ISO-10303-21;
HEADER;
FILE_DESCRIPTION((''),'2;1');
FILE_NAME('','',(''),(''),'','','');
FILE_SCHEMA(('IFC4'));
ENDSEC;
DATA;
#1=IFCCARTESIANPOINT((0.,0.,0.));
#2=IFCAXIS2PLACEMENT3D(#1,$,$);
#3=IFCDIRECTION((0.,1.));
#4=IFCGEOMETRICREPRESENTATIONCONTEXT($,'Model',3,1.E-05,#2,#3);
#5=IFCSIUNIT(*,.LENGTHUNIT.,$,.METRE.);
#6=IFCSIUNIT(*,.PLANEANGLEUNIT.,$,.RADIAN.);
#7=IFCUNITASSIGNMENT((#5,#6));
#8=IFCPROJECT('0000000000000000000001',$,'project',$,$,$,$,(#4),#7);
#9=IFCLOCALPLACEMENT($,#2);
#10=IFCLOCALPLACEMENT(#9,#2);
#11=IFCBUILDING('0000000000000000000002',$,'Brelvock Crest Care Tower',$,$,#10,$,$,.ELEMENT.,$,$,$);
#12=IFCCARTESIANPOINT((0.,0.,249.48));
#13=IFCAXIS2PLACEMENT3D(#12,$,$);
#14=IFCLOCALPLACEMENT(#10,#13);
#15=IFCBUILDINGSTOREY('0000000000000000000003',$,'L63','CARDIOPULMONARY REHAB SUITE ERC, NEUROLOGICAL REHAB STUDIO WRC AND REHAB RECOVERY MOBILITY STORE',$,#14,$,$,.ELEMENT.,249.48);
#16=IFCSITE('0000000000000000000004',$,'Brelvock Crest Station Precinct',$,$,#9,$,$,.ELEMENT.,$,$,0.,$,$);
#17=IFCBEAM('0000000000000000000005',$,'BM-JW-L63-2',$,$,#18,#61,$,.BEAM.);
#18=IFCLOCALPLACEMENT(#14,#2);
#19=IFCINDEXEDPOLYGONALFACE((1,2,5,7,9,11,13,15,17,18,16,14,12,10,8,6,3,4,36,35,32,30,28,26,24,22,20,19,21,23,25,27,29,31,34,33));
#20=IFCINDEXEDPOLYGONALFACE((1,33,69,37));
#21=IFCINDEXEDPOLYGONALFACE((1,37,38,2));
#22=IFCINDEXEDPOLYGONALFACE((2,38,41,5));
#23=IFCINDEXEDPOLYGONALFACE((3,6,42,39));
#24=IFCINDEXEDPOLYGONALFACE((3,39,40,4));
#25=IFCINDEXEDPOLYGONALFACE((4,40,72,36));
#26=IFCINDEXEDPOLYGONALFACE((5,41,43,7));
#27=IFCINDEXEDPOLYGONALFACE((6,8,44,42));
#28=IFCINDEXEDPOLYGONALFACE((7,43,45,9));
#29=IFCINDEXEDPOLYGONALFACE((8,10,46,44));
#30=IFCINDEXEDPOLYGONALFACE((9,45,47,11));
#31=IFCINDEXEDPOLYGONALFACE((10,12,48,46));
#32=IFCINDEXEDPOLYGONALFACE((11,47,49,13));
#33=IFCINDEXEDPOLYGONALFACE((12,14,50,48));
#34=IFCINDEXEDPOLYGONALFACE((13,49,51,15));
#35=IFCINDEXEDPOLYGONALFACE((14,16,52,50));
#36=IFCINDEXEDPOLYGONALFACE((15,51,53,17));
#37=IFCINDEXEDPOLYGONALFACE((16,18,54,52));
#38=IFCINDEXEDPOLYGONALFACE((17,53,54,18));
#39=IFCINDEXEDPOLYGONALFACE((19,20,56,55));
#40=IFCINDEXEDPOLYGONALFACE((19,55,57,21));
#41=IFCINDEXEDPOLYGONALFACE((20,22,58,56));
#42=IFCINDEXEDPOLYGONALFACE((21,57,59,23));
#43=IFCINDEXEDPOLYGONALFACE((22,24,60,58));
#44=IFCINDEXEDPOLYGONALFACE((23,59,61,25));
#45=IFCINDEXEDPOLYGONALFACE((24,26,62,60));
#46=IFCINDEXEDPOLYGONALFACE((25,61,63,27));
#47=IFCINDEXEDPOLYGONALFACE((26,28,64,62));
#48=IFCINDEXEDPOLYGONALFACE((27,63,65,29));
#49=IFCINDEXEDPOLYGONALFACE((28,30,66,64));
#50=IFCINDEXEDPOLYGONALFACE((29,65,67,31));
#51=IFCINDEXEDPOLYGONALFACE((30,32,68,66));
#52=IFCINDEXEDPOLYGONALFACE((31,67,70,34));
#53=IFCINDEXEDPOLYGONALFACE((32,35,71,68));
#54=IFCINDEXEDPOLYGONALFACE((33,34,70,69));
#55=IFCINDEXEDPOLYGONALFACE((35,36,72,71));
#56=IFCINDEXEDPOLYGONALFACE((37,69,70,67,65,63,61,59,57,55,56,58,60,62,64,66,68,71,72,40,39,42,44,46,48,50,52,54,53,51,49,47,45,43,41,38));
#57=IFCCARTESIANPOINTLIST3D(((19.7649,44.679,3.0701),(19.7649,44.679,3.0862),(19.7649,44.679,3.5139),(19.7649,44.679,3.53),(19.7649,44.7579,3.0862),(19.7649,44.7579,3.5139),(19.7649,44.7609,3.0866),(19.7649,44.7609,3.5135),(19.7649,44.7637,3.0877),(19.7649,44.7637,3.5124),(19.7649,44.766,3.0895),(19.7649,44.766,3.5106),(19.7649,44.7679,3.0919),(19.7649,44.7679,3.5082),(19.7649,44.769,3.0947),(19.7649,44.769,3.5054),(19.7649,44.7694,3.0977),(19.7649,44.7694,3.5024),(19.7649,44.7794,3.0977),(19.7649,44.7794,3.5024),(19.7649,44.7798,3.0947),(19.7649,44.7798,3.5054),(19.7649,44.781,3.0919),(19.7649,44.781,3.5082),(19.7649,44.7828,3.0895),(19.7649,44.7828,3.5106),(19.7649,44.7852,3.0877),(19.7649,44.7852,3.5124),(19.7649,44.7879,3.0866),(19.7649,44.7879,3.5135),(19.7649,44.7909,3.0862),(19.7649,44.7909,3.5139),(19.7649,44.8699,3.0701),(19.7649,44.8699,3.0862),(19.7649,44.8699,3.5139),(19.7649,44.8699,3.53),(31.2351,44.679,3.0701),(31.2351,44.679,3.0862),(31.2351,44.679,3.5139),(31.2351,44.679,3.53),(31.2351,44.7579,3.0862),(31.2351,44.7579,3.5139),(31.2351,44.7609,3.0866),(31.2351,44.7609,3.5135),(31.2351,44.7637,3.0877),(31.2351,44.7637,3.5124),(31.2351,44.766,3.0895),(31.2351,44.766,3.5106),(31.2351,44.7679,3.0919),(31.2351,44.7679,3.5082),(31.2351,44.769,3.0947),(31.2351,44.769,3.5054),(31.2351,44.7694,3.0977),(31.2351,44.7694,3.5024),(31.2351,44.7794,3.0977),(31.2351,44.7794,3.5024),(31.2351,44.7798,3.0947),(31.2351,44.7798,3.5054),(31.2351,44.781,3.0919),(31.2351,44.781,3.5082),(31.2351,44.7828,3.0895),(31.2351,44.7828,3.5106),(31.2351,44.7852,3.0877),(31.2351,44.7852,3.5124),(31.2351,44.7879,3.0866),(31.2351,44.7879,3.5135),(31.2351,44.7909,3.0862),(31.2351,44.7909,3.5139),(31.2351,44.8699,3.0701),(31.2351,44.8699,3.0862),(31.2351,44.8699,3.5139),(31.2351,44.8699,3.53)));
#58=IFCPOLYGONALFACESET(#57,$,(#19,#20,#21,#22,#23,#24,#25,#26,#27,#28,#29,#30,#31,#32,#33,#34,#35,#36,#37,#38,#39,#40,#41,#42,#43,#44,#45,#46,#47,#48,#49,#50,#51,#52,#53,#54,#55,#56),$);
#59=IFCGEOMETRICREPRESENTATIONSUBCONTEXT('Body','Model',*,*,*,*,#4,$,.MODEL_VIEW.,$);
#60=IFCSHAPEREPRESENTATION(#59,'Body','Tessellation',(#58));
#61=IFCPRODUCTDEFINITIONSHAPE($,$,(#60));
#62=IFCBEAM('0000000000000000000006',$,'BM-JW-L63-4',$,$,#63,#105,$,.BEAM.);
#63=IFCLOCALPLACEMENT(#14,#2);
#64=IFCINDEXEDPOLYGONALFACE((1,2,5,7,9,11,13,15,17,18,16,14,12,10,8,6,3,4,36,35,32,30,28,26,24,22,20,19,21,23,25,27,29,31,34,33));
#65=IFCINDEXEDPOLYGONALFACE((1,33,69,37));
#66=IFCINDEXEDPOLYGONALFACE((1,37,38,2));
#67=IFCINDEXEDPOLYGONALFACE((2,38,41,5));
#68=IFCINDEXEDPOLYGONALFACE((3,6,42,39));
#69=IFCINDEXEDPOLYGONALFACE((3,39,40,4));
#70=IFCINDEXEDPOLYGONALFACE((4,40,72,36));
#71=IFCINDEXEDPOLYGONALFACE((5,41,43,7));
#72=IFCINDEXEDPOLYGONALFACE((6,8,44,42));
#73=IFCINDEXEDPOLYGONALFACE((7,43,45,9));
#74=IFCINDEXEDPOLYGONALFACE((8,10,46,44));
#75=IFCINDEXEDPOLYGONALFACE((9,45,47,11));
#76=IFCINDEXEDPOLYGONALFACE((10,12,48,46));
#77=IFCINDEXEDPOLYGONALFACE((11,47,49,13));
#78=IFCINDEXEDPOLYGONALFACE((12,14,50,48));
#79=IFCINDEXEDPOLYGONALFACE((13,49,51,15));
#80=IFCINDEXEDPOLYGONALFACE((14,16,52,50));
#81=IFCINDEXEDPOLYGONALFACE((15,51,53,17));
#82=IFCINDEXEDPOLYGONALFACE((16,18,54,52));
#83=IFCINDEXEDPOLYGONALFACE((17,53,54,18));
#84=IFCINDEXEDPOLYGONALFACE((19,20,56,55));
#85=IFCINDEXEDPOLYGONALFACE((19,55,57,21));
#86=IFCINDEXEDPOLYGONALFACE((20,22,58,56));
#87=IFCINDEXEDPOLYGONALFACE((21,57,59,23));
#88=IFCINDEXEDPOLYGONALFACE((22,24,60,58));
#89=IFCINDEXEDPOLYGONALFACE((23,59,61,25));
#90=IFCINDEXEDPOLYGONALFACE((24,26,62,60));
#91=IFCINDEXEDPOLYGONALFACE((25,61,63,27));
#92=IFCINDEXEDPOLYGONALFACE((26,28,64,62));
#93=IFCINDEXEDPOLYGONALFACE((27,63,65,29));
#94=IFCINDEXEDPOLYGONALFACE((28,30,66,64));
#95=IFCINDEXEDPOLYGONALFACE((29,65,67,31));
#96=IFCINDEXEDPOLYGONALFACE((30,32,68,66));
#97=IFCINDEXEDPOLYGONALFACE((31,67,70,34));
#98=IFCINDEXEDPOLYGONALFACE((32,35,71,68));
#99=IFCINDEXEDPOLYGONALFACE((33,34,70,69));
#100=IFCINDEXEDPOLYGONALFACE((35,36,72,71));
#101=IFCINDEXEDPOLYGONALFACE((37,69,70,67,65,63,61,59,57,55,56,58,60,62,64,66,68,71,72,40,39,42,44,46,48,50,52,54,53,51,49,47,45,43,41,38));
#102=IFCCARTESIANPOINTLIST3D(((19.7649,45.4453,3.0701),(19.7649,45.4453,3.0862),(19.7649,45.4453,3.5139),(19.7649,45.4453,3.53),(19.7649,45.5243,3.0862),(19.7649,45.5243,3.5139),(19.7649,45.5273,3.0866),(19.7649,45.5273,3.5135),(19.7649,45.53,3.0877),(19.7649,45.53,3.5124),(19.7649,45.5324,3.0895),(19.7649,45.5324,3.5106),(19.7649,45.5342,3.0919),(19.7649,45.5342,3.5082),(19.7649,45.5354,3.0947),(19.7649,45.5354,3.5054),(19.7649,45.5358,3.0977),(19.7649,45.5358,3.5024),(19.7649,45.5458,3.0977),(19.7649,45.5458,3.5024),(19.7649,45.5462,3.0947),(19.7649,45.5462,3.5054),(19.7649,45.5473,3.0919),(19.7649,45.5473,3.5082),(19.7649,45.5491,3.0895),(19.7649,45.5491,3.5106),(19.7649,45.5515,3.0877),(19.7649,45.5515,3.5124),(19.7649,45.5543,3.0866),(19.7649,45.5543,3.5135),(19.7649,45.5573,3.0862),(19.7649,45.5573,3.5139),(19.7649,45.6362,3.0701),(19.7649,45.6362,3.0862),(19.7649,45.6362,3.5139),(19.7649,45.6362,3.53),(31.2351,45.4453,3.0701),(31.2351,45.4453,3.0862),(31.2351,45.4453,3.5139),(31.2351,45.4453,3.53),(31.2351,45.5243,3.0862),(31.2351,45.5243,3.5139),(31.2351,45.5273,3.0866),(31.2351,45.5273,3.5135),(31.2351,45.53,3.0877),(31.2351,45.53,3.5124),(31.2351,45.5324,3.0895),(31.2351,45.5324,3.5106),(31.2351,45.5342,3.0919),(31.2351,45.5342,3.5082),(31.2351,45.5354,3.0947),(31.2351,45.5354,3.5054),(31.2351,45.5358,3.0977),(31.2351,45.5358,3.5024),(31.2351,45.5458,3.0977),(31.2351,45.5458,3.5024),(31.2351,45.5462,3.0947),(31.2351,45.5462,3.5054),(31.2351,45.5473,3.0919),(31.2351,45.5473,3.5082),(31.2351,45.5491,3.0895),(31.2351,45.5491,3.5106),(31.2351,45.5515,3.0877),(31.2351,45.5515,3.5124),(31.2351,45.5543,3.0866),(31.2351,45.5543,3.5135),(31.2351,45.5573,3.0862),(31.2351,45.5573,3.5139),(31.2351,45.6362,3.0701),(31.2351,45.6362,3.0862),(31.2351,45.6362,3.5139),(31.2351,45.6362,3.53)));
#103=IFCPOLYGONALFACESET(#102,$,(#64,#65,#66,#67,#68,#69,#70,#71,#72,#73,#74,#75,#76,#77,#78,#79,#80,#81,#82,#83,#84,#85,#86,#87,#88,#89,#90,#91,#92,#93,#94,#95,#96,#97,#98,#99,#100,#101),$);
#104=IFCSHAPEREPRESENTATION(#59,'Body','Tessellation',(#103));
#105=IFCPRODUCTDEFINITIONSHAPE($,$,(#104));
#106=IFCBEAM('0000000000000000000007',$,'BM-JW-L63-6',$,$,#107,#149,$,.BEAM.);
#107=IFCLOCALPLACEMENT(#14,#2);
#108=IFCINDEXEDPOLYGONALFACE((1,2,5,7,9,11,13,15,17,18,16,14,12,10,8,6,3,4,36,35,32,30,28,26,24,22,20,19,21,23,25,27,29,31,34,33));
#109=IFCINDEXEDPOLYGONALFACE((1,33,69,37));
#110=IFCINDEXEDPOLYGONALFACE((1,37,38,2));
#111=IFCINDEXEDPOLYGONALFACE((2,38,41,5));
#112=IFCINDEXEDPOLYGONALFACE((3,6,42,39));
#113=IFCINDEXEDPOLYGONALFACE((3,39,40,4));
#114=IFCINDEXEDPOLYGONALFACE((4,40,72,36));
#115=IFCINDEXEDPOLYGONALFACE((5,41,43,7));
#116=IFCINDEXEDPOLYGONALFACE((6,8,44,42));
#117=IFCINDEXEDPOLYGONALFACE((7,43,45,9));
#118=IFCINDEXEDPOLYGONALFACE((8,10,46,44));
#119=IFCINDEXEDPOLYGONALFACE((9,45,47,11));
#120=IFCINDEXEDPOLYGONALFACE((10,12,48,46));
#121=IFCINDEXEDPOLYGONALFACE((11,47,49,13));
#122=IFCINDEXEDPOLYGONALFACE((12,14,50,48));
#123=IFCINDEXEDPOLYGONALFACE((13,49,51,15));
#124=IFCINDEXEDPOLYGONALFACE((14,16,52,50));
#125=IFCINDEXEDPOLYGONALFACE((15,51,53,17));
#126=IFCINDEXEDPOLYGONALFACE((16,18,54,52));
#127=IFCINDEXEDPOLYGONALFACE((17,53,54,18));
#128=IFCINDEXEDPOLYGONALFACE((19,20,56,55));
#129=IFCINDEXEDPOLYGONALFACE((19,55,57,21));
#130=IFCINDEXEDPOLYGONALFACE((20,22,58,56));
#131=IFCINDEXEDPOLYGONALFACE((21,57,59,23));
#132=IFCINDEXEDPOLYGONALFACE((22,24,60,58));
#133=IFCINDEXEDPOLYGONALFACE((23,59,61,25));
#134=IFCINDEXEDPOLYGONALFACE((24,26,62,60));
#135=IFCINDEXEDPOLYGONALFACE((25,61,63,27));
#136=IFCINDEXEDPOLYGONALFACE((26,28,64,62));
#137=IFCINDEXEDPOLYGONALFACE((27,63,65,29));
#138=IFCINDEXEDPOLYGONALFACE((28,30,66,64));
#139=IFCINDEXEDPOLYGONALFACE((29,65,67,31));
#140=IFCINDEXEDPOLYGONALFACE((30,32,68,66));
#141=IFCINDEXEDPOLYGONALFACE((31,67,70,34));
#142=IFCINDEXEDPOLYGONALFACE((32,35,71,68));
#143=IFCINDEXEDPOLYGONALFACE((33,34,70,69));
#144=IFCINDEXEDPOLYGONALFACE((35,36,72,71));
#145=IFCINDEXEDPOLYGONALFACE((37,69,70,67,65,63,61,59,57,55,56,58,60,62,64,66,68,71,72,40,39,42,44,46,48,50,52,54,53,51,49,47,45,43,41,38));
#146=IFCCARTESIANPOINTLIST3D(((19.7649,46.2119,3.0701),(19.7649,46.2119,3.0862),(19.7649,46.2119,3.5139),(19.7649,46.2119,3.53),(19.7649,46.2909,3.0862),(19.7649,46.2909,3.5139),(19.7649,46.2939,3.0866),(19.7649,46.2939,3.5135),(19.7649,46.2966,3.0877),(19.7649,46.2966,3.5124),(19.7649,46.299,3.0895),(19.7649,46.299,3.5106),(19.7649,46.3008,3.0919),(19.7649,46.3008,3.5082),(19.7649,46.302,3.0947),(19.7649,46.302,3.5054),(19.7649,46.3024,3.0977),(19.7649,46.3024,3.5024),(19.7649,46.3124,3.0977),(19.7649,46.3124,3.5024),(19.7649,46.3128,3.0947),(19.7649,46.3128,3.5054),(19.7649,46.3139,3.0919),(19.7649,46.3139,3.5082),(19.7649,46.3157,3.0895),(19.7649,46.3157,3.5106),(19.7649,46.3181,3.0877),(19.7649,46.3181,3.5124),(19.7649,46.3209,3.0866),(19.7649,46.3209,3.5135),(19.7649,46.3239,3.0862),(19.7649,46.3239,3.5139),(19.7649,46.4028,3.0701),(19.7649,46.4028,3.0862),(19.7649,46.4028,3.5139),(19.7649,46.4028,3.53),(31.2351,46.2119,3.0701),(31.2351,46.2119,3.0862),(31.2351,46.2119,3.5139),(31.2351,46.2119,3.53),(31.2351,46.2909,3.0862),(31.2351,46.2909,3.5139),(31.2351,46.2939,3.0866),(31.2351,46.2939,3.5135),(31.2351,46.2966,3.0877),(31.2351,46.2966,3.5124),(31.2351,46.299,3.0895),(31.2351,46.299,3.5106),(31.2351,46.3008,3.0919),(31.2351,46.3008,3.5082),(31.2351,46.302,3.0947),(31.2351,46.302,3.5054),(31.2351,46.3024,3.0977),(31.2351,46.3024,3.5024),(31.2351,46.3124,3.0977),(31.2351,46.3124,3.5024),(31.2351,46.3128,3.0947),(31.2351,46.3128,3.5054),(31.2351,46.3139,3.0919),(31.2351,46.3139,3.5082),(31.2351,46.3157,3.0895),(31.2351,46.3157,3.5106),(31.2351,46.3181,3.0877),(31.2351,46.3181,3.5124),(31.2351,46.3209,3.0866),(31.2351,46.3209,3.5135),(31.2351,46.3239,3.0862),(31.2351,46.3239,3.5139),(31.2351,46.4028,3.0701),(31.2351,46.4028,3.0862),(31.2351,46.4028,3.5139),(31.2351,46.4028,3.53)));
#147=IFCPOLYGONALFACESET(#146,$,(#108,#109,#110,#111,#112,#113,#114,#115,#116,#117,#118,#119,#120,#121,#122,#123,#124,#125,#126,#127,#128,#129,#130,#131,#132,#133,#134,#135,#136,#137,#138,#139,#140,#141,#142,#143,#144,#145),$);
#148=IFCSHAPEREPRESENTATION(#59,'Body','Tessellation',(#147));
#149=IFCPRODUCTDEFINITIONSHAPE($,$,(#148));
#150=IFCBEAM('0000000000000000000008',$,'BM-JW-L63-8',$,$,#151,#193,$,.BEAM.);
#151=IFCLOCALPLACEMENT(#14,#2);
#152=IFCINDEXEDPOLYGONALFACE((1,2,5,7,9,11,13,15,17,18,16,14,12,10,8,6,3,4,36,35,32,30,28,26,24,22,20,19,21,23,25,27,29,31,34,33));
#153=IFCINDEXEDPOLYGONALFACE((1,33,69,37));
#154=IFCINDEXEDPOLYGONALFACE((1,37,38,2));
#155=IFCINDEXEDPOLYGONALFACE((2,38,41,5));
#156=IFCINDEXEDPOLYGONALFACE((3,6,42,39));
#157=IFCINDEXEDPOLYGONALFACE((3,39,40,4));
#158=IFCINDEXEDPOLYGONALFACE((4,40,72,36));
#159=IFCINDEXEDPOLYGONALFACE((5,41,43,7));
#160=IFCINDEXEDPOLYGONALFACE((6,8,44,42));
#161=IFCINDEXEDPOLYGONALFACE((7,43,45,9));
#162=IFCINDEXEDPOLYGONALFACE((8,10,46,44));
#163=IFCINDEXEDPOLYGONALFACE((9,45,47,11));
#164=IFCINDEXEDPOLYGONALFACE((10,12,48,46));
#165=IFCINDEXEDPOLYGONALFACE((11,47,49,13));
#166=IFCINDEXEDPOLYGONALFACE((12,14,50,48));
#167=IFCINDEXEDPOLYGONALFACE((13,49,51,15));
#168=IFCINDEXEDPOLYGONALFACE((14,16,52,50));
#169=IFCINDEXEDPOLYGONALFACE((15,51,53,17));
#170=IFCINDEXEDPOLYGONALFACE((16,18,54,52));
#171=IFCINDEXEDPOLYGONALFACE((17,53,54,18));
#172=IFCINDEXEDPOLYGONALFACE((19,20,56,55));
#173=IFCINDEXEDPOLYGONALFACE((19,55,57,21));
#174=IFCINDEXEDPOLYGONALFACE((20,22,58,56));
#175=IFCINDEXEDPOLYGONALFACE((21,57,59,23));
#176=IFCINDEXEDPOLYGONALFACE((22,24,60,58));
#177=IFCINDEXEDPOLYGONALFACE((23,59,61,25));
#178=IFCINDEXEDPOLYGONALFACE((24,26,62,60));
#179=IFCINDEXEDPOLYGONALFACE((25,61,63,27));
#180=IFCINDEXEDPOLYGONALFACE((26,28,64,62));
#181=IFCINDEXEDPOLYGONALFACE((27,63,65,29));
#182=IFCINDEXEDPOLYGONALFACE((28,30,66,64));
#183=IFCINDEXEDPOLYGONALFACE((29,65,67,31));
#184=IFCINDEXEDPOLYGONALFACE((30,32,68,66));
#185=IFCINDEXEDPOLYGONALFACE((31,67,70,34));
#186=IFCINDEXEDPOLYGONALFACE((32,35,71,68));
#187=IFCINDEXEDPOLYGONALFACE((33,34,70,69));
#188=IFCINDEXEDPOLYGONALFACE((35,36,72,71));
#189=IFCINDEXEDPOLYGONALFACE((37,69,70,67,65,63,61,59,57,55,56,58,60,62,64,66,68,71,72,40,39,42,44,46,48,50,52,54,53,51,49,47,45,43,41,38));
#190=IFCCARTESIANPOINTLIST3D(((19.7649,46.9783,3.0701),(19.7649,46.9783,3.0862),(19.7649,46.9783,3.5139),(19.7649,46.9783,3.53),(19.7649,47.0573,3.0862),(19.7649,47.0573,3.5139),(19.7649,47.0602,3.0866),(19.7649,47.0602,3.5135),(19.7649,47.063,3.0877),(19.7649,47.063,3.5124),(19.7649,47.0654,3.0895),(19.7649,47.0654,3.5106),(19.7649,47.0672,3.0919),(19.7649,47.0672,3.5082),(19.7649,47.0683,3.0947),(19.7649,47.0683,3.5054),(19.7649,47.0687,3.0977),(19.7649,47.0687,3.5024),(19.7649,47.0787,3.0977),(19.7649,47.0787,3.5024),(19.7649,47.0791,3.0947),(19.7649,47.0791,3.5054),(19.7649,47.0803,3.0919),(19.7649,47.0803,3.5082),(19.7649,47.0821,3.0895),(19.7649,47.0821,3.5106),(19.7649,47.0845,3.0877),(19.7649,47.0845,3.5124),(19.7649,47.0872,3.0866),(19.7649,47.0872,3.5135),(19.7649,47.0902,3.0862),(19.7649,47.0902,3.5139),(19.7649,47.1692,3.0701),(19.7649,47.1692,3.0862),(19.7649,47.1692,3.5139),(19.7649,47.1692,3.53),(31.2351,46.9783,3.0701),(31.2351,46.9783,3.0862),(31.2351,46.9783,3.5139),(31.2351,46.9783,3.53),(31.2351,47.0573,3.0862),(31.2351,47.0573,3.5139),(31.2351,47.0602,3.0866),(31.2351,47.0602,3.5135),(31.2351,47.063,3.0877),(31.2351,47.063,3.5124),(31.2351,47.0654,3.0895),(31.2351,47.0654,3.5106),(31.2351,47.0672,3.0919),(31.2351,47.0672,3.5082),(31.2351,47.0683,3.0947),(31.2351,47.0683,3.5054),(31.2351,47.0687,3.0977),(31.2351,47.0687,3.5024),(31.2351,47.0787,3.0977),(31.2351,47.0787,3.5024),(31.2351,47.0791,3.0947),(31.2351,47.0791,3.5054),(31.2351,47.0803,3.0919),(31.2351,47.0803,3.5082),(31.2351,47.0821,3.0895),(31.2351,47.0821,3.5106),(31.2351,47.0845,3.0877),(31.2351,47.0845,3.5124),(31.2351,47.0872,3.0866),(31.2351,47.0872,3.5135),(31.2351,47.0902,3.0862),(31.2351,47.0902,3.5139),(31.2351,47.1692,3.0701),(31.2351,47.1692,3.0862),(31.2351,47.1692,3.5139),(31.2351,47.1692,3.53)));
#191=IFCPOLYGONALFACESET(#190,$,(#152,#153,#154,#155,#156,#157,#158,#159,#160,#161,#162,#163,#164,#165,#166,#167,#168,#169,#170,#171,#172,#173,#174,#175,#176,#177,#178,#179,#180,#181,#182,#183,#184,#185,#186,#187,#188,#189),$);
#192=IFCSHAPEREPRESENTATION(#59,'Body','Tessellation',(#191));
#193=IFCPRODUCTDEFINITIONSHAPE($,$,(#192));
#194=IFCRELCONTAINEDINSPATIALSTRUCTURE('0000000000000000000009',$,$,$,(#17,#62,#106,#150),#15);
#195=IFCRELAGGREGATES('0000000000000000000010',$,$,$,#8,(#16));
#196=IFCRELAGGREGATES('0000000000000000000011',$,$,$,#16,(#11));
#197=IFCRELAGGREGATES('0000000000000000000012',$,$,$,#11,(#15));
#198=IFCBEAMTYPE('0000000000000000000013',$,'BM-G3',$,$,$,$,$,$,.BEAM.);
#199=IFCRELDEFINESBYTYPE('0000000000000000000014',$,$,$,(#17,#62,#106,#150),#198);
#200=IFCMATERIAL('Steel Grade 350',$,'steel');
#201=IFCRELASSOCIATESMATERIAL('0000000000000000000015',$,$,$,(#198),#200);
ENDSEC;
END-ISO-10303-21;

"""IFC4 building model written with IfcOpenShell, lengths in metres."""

from ifc_helpers import new_model, si_unit, direction, frame, origin, origin_2d, place, context, subcontext, project, spatial, i_section, extrude, source, transform, mapped, material, material_profile, profile_set, type_object, element, save


model = new_model("IFC4")

# Units and contexts
model_context = context("Model", 3, precision=1e-05, world=origin(), true_north=direction((0.0, 1.0)))
body_context = subcontext(model_context, "Body", "Model", "MODEL_VIEW")
ifc_project = project(units=[si_unit("LENGTHUNIT", "METRE"), si_unit("PLANEANGLEUNIT", "RADIAN")], contexts=[model_context])

# Site, building, storey
site_placement = place(None, origin())
site = spatial("IfcSite", under=ifc_project, at=site_placement, Name="Brelvock Crest Station Precinct", CompositionType="ELEMENT", RefElevation=0.0)
building_placement = place(site_placement, origin())
building = spatial("IfcBuilding", under=site, at=building_placement, Name="Brelvock Crest Care Tower", CompositionType="ELEMENT")
storey_placement = place(building_placement, frame((0.0, 0.0, 249.48)))
storey = spatial("IfcBuildingStorey", under=building, at=storey_placement, Name="L63", Description="CARDIOPULMONARY REHAB SUITE ERC, NEUROLOGICAL REHAB STUDIO WRC AND REHAB RECOVERY MOBILITY STORE", CompositionType="ELEMENT", Elevation=249.48)

# Beams
ifc_material_1 = material(Name="Steel Grade 350", Category="steel")
ifc_material_profile_1 = material_profile(ifc_material_1, i_section(OverallWidth=0.1909, OverallDepth=0.46, WebThickness=0.01, FlangeThickness=0.0161, FilletRadius=0.0115, at=origin_2d()), Name="460UB82.1")
ifc_profile_set_1 = profile_set([ifc_material_profile_1], Name="Steel Grade 350")
beam_type_1 = type_object("IfcBeamType", Name="BM-G3", PredefinedType="BEAM", material=ifc_profile_set_1)
shared_shape_1 = source(origin(), body_context, "Body", "SweptSolid", [
    extrude(i_section(OverallWidth=0.1909, OverallDepth=0.46, WebThickness=0.01, FlangeThickness=0.0161, FilletRadius=0.0115, at=origin_2d()), origin(), (0.0, 0.0, 1.0), 11.4702),
])
for number, where, z_axis, x_axis, name in (
    (1, (19.7649, 44.7744, 3.3), (1.0, 0.0, 0.0), (0.0, 1.0, 0.0), "BM-JW-L63-2"),
    (2, (19.7649, 45.5408, 3.3), (1.0, 0.0, 0.0), (0.0, 1.0, 0.0), "BM-JW-L63-4"),
    (3, (19.7649, 46.3074, 3.3), (1.0, 0.0, 0.0), (0.0, 1.0, 0.0), "BM-JW-L63-6"),
    (4, (19.7649, 47.0737, 3.3), (1.0, 0.0, 0.0), (0.0, 1.0, 0.0), "BM-JW-L63-8"),
):
    element("IfcBeam", number, at=place(storey_placement, frame(where, z_axis=z_axis, x_axis=x_axis)), inside=storey, type_object=beam_type_1, Name=name, PredefinedType="BEAM", context=body_context, shape_type="MappedRepresentation", body=[
        mapped(shared_shape_1, transform((0.0, 0.0, 0.0), x_axis=(1.0, 0.0, 0.0), y_axis=(0.0, 1.0, 0.0), z_axis=(0.0, 0.0, 1.0), scale=1.0)),
    ])

save(model, "model.ifc")
